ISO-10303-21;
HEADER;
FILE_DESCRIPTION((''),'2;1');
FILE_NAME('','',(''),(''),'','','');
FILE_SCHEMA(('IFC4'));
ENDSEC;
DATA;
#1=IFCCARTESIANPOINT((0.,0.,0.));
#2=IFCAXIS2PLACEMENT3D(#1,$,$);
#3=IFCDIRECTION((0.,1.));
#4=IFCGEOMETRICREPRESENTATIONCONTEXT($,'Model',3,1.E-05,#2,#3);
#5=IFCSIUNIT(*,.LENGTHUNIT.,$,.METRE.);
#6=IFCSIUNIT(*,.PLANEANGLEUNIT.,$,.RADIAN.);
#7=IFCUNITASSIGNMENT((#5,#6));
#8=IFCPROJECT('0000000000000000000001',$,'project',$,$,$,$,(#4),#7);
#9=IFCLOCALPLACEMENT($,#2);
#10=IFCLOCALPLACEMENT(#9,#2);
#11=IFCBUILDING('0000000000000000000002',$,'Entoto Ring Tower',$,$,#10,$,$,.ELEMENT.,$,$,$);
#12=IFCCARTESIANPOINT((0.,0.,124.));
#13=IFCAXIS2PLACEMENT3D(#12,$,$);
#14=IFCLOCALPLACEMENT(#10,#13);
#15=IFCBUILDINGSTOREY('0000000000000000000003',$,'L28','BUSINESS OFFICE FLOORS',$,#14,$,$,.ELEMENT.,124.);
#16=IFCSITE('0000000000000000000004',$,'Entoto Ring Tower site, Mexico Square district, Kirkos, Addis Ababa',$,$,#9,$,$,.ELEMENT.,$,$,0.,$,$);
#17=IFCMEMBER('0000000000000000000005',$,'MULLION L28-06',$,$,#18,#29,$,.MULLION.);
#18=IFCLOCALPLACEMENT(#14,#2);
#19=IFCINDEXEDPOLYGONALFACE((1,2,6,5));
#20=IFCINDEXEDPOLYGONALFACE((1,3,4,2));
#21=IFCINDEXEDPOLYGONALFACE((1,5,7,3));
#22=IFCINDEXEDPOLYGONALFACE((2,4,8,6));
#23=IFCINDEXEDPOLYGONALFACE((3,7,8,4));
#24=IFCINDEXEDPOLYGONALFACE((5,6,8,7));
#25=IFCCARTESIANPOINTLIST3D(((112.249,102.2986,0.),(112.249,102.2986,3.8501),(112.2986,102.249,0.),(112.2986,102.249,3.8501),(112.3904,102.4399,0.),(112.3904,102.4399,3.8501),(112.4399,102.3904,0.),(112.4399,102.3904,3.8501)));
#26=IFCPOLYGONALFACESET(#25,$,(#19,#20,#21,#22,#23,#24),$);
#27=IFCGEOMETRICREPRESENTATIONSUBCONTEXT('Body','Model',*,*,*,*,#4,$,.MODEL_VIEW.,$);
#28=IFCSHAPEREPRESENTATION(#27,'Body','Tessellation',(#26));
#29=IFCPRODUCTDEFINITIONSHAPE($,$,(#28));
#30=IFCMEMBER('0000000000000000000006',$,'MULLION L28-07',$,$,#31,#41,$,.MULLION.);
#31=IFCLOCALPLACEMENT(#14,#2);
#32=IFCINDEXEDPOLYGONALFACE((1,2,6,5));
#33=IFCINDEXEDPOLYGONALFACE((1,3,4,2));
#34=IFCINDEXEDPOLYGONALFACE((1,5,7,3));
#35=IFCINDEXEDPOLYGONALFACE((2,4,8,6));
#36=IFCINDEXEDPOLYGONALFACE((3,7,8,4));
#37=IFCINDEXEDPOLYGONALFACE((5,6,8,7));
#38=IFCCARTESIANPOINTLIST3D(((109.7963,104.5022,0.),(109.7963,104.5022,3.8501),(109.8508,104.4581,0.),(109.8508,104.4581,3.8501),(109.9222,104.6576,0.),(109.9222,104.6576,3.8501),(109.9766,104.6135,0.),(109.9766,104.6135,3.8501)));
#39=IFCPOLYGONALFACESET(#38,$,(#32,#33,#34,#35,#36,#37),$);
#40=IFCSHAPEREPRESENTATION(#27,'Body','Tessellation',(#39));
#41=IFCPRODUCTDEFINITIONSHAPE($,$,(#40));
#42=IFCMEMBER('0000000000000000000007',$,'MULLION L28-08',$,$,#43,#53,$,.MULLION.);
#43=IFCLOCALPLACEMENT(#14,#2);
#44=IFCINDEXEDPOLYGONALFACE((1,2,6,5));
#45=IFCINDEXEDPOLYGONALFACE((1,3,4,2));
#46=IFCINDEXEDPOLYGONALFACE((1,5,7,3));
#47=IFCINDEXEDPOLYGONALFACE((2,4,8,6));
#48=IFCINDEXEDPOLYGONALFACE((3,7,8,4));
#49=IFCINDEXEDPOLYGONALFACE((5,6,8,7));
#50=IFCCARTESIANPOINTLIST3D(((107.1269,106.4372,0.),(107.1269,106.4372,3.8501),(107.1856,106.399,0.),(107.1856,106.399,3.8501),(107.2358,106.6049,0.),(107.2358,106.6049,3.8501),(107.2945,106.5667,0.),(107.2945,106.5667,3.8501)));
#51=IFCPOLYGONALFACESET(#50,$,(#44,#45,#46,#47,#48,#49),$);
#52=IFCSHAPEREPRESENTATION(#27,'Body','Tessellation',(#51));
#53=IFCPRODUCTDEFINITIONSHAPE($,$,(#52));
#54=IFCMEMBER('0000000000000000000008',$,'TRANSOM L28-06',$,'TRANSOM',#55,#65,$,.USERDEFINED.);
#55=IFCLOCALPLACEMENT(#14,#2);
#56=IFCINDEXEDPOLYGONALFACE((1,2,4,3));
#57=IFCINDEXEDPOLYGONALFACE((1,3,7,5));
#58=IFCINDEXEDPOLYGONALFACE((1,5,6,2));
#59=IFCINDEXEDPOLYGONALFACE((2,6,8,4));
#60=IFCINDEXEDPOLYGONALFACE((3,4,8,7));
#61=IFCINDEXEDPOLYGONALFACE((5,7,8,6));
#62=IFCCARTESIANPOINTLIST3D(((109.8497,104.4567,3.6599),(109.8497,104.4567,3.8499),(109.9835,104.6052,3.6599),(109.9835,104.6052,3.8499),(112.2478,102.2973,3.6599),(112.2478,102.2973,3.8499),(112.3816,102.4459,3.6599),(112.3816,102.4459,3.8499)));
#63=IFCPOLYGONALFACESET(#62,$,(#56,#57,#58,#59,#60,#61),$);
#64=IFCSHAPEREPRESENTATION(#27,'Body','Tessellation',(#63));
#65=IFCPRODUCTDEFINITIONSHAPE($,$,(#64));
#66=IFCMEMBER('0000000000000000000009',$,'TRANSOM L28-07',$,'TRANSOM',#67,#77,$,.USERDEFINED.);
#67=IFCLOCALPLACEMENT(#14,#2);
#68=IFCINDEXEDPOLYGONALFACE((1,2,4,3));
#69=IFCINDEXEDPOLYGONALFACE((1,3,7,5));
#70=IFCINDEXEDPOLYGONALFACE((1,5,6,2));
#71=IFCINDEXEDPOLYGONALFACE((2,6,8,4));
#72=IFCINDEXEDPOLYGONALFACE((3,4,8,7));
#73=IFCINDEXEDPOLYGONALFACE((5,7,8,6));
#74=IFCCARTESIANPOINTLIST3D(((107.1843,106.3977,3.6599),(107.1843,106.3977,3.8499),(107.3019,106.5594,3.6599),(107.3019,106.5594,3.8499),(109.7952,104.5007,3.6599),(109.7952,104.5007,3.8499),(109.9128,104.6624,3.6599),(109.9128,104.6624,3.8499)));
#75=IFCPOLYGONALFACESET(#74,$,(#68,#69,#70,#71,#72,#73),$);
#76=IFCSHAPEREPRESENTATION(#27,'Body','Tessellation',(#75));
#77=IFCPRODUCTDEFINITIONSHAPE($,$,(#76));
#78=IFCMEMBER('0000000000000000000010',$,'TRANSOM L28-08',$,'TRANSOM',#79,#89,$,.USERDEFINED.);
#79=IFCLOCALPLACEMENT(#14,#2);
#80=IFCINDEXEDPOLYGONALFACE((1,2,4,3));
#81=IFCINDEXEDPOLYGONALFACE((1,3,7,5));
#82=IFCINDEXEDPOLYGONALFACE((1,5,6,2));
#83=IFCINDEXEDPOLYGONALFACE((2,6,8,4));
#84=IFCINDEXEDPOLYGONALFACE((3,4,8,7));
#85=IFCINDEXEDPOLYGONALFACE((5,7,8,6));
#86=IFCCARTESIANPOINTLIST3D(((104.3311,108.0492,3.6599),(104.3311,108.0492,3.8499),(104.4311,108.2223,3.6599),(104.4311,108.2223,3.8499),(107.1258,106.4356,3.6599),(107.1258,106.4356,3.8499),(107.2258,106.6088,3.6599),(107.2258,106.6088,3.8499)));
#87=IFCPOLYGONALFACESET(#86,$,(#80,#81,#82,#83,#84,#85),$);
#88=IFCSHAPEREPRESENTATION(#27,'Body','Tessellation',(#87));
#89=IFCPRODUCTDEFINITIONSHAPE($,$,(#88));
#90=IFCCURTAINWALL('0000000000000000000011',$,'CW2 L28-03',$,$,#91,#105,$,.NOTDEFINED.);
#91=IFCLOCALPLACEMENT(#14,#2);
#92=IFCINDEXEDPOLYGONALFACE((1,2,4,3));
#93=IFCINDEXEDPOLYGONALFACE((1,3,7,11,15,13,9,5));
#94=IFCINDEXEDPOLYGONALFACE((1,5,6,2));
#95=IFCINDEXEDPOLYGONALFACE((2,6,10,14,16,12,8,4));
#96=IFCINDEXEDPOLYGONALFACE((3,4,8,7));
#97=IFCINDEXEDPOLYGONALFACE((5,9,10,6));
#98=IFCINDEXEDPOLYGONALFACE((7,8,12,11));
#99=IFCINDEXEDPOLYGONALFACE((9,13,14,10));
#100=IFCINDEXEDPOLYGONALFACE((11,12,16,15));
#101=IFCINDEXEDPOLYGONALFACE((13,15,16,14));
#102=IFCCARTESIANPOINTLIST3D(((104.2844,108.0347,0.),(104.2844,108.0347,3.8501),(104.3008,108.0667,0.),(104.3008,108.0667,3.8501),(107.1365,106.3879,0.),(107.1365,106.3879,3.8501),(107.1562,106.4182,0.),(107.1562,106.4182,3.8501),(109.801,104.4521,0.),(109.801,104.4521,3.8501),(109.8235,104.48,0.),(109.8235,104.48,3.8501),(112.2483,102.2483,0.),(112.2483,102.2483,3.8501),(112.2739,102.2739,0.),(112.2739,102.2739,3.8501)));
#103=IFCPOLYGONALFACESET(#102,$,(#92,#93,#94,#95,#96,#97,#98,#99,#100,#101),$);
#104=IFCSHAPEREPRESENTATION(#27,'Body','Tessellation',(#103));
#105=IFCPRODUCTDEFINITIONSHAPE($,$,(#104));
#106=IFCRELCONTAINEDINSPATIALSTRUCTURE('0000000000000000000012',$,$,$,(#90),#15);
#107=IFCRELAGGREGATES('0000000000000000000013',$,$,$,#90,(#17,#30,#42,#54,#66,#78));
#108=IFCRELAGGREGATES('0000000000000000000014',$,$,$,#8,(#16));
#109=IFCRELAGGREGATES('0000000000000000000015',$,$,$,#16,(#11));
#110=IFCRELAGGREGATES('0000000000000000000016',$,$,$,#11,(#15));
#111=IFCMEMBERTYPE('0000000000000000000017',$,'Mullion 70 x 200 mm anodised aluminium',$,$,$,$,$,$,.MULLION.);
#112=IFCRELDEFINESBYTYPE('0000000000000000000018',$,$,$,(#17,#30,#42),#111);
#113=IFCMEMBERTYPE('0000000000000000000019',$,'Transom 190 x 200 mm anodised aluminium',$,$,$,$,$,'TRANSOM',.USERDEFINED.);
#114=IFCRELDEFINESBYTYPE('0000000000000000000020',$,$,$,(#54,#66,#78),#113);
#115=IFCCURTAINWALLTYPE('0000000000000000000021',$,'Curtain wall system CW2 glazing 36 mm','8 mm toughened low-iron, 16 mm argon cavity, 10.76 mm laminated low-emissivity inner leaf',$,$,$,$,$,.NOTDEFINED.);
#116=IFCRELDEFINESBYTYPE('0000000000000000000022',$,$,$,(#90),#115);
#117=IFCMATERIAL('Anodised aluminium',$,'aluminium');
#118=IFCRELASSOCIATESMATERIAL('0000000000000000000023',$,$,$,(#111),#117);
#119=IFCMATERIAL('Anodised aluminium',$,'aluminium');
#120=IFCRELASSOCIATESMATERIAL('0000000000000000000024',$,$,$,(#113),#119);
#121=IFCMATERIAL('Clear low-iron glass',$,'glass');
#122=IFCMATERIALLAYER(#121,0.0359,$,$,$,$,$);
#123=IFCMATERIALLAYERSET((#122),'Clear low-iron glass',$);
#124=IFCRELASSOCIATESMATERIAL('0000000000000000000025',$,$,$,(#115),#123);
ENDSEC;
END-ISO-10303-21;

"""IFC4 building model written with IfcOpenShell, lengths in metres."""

from ifc_helpers import new_model, si_unit, direction, frame, origin, origin_2d, place, context, subcontext, project, spatial, polyline, rectangle, outline, extrude, material, layer, layer_set, material_profile, profile_set, type_object, element, aggregate, save


model = new_model("IFC4")

# Units and contexts
model_context = context("Model", 3, precision=1e-05, world=origin(), true_north=direction((0.0, 1.0)))
body_context = subcontext(model_context, "Body", "Model", "MODEL_VIEW")
ifc_project = project(units=[si_unit("LENGTHUNIT", "METRE"), si_unit("PLANEANGLEUNIT", "RADIAN")], contexts=[model_context])

# Members
ifc_material_1 = material(Name="Anodised aluminium", Category="aluminium")
ifc_material_profile_1 = material_profile(ifc_material_1, rectangle(XDim=0.0701, YDim=0.2, at=origin_2d()), Name="Mullion 70 x 200 mm anodised aluminium")
ifc_profile_set_1 = profile_set([ifc_material_profile_1], Name="Anodised aluminium")
member_type_1 = type_object("IfcMemberType", Name="Mullion 70 x 200 mm anodised aluminium", PredefinedType="MULLION", material=ifc_profile_set_1)
site_placement = place(None, origin())
building_placement = place(site_placement, origin())
storey_placement = place(building_placement, frame((0.0, 0.0, 124.0)))
member_1_placement = place(storey_placement, frame((112.3445, 102.3445, 0.0), z_axis=(0.0, 0.0, 1.0), x_axis=(-0.707107, 0.707107, 0.0)))
member_1 = element("IfcMember", 1, at=member_1_placement, type_object=member_type_1, Name="MULLION L28-06", PredefinedType="MULLION", context=body_context, shape_type="SweptSolid", body=[
    extrude(rectangle(XDim=0.0701, YDim=0.2, at=origin_2d()), origin(), (0.0, 0.0, 1.0), 3.8501),
])
member_2_placement = place(storey_placement, frame((109.8865, 104.5579, 0.0), z_axis=(0.0, 0.0, 1.0), x_axis=(-0.777146, 0.62932, 0.0)))
member_2 = element("IfcMember", 2, at=member_2_placement, type_object=member_type_1, Name="MULLION L28-07", PredefinedType="MULLION", context=body_context, shape_type="SweptSolid", body=[
    extrude(rectangle(XDim=0.0701, YDim=0.2, at=origin_2d()), origin(), (0.0, 0.0, 1.0), 3.8501),
])
member_3_placement = place(storey_placement, frame((107.2107, 106.502, 0.0), z_axis=(0.0, 0.0, 1.0), x_axis=(-0.838671, 0.544639, 0.0)))
member_3 = element("IfcMember", 3, at=member_3_placement, type_object=member_type_1, Name="MULLION L28-08", PredefinedType="MULLION", context=body_context, shape_type="SweptSolid", body=[
    extrude(rectangle(XDim=0.0701, YDim=0.2, at=origin_2d()), origin(), (0.0, 0.0, 1.0), 3.8501),
])
ifc_material_2 = material(Name="Anodised aluminium", Category="aluminium")
ifc_material_profile_2 = material_profile(ifc_material_2, rectangle(XDim=0.2, YDim=0.1899, at=origin_2d()), Name="Transom 190 x 200 mm anodised aluminium")
ifc_profile_set_2 = profile_set([ifc_material_profile_2], Name="Anodised aluminium")
member_type_2 = type_object("IfcMemberType", Name="Transom 190 x 200 mm anodised aluminium", ElementType="TRANSOM", PredefinedType="USERDEFINED", material=ifc_profile_set_2)
member_4_placement = place(storey_placement, frame((112.3147, 102.3716, 3.7549), z_axis=(-0.743132, 0.669144, 0.0), x_axis=(-0.669144, -0.743132, 0.0)))
member_4 = element("IfcMember", 4, at=member_4_placement, type_object=member_type_2, Name="TRANSOM L28-06", ObjectType="TRANSOM", PredefinedType="USERDEFINED", context=body_context, shape_type="SweptSolid", body=[
    extrude(rectangle(XDim=0.2, YDim=0.1899, at=origin_2d()), origin(), (0.0, 0.0, 1.0), 3.2271),
])
member_5_placement = place(storey_placement, frame((109.854, 104.5815, 3.7549), z_axis=(-0.809004, 0.587803, 0.0), x_axis=(-0.587803, -0.809004, 0.0)))
member_5 = element("IfcMember", 5, at=member_5_placement, type_object=member_type_2, Name="TRANSOM L28-07", ObjectType="TRANSOM", PredefinedType="USERDEFINED", context=body_context, shape_type="SweptSolid", body=[
    extrude(rectangle(XDim=0.2, YDim=0.1899, at=origin_2d()), origin(), (0.0, 0.0, 1.0), 3.2273),
])
member_6_placement = place(storey_placement, frame((107.1758, 106.5222, 3.7549), z_axis=(-0.866023, 0.500004, 0.0), x_axis=(-0.500004, -0.866023, 0.0)))
member_6 = element("IfcMember", 6, at=member_6_placement, type_object=member_type_2, Name="TRANSOM L28-08", ObjectType="TRANSOM", PredefinedType="USERDEFINED", context=body_context, shape_type="SweptSolid", body=[
    extrude(rectangle(XDim=0.2, YDim=0.1899, at=origin_2d()), origin(), (0.0, 0.0, 1.0), 3.2271),
])

# Site, building, storey
site = spatial("IfcSite", under=ifc_project, at=site_placement, Name="Entoto Ring Tower site, Mexico Square district, Kirkos, Addis Ababa", CompositionType="ELEMENT", RefElevation=0.0)
building = spatial("IfcBuilding", under=site, at=building_placement, Name="Entoto Ring Tower", CompositionType="ELEMENT")
storey = spatial("IfcBuildingStorey", under=building, at=storey_placement, Name="L28", Description="BUSINESS OFFICE FLOORS", CompositionType="ELEMENT", Elevation=124.0)

# Curtain wall
ifc_material_3 = material(Name="Clear low-iron glass", Category="glass")
ifc_layer = layer(ifc_material_3, 0.0359)
ifc_layer_set = layer_set([ifc_layer], Name="Clear low-iron glass")
curtain_wall_type = type_object("IfcCurtainWallType", Name="Curtain wall system CW2 glazing 36 mm", Description="8 mm toughened low-iron, 16 mm argon cavity, 10.76 mm laminated low-emissivity inner leaf", PredefinedType="NOTDEFINED", material=ifc_layer_set)
curtain_wall_1_placement = place(storey_placement, origin())
curtain_wall_1 = element("IfcCurtainWall", 7, at=curtain_wall_1_placement, inside=storey, type_object=curtain_wall_type, Name="CW2 L28-03", PredefinedType="NOTDEFINED", context=body_context, shape_type="SweptSolid", body=[
    extrude(outline(polyline([(112.2739, 102.2739), (109.8235, 104.48), (107.1562, 106.4182), (104.3008, 108.0667), (104.2844, 108.0347), (107.1365, 106.3879), (109.801, 104.4521), (112.2483, 102.2483), (112.2739, 102.2739)])), origin(), (0.0, 0.0, 1.0), 3.8501),
])
aggregate(curtain_wall_1, [member_1, member_2, member_3, member_4, member_5, member_6])

save(model, "model.ifc")
